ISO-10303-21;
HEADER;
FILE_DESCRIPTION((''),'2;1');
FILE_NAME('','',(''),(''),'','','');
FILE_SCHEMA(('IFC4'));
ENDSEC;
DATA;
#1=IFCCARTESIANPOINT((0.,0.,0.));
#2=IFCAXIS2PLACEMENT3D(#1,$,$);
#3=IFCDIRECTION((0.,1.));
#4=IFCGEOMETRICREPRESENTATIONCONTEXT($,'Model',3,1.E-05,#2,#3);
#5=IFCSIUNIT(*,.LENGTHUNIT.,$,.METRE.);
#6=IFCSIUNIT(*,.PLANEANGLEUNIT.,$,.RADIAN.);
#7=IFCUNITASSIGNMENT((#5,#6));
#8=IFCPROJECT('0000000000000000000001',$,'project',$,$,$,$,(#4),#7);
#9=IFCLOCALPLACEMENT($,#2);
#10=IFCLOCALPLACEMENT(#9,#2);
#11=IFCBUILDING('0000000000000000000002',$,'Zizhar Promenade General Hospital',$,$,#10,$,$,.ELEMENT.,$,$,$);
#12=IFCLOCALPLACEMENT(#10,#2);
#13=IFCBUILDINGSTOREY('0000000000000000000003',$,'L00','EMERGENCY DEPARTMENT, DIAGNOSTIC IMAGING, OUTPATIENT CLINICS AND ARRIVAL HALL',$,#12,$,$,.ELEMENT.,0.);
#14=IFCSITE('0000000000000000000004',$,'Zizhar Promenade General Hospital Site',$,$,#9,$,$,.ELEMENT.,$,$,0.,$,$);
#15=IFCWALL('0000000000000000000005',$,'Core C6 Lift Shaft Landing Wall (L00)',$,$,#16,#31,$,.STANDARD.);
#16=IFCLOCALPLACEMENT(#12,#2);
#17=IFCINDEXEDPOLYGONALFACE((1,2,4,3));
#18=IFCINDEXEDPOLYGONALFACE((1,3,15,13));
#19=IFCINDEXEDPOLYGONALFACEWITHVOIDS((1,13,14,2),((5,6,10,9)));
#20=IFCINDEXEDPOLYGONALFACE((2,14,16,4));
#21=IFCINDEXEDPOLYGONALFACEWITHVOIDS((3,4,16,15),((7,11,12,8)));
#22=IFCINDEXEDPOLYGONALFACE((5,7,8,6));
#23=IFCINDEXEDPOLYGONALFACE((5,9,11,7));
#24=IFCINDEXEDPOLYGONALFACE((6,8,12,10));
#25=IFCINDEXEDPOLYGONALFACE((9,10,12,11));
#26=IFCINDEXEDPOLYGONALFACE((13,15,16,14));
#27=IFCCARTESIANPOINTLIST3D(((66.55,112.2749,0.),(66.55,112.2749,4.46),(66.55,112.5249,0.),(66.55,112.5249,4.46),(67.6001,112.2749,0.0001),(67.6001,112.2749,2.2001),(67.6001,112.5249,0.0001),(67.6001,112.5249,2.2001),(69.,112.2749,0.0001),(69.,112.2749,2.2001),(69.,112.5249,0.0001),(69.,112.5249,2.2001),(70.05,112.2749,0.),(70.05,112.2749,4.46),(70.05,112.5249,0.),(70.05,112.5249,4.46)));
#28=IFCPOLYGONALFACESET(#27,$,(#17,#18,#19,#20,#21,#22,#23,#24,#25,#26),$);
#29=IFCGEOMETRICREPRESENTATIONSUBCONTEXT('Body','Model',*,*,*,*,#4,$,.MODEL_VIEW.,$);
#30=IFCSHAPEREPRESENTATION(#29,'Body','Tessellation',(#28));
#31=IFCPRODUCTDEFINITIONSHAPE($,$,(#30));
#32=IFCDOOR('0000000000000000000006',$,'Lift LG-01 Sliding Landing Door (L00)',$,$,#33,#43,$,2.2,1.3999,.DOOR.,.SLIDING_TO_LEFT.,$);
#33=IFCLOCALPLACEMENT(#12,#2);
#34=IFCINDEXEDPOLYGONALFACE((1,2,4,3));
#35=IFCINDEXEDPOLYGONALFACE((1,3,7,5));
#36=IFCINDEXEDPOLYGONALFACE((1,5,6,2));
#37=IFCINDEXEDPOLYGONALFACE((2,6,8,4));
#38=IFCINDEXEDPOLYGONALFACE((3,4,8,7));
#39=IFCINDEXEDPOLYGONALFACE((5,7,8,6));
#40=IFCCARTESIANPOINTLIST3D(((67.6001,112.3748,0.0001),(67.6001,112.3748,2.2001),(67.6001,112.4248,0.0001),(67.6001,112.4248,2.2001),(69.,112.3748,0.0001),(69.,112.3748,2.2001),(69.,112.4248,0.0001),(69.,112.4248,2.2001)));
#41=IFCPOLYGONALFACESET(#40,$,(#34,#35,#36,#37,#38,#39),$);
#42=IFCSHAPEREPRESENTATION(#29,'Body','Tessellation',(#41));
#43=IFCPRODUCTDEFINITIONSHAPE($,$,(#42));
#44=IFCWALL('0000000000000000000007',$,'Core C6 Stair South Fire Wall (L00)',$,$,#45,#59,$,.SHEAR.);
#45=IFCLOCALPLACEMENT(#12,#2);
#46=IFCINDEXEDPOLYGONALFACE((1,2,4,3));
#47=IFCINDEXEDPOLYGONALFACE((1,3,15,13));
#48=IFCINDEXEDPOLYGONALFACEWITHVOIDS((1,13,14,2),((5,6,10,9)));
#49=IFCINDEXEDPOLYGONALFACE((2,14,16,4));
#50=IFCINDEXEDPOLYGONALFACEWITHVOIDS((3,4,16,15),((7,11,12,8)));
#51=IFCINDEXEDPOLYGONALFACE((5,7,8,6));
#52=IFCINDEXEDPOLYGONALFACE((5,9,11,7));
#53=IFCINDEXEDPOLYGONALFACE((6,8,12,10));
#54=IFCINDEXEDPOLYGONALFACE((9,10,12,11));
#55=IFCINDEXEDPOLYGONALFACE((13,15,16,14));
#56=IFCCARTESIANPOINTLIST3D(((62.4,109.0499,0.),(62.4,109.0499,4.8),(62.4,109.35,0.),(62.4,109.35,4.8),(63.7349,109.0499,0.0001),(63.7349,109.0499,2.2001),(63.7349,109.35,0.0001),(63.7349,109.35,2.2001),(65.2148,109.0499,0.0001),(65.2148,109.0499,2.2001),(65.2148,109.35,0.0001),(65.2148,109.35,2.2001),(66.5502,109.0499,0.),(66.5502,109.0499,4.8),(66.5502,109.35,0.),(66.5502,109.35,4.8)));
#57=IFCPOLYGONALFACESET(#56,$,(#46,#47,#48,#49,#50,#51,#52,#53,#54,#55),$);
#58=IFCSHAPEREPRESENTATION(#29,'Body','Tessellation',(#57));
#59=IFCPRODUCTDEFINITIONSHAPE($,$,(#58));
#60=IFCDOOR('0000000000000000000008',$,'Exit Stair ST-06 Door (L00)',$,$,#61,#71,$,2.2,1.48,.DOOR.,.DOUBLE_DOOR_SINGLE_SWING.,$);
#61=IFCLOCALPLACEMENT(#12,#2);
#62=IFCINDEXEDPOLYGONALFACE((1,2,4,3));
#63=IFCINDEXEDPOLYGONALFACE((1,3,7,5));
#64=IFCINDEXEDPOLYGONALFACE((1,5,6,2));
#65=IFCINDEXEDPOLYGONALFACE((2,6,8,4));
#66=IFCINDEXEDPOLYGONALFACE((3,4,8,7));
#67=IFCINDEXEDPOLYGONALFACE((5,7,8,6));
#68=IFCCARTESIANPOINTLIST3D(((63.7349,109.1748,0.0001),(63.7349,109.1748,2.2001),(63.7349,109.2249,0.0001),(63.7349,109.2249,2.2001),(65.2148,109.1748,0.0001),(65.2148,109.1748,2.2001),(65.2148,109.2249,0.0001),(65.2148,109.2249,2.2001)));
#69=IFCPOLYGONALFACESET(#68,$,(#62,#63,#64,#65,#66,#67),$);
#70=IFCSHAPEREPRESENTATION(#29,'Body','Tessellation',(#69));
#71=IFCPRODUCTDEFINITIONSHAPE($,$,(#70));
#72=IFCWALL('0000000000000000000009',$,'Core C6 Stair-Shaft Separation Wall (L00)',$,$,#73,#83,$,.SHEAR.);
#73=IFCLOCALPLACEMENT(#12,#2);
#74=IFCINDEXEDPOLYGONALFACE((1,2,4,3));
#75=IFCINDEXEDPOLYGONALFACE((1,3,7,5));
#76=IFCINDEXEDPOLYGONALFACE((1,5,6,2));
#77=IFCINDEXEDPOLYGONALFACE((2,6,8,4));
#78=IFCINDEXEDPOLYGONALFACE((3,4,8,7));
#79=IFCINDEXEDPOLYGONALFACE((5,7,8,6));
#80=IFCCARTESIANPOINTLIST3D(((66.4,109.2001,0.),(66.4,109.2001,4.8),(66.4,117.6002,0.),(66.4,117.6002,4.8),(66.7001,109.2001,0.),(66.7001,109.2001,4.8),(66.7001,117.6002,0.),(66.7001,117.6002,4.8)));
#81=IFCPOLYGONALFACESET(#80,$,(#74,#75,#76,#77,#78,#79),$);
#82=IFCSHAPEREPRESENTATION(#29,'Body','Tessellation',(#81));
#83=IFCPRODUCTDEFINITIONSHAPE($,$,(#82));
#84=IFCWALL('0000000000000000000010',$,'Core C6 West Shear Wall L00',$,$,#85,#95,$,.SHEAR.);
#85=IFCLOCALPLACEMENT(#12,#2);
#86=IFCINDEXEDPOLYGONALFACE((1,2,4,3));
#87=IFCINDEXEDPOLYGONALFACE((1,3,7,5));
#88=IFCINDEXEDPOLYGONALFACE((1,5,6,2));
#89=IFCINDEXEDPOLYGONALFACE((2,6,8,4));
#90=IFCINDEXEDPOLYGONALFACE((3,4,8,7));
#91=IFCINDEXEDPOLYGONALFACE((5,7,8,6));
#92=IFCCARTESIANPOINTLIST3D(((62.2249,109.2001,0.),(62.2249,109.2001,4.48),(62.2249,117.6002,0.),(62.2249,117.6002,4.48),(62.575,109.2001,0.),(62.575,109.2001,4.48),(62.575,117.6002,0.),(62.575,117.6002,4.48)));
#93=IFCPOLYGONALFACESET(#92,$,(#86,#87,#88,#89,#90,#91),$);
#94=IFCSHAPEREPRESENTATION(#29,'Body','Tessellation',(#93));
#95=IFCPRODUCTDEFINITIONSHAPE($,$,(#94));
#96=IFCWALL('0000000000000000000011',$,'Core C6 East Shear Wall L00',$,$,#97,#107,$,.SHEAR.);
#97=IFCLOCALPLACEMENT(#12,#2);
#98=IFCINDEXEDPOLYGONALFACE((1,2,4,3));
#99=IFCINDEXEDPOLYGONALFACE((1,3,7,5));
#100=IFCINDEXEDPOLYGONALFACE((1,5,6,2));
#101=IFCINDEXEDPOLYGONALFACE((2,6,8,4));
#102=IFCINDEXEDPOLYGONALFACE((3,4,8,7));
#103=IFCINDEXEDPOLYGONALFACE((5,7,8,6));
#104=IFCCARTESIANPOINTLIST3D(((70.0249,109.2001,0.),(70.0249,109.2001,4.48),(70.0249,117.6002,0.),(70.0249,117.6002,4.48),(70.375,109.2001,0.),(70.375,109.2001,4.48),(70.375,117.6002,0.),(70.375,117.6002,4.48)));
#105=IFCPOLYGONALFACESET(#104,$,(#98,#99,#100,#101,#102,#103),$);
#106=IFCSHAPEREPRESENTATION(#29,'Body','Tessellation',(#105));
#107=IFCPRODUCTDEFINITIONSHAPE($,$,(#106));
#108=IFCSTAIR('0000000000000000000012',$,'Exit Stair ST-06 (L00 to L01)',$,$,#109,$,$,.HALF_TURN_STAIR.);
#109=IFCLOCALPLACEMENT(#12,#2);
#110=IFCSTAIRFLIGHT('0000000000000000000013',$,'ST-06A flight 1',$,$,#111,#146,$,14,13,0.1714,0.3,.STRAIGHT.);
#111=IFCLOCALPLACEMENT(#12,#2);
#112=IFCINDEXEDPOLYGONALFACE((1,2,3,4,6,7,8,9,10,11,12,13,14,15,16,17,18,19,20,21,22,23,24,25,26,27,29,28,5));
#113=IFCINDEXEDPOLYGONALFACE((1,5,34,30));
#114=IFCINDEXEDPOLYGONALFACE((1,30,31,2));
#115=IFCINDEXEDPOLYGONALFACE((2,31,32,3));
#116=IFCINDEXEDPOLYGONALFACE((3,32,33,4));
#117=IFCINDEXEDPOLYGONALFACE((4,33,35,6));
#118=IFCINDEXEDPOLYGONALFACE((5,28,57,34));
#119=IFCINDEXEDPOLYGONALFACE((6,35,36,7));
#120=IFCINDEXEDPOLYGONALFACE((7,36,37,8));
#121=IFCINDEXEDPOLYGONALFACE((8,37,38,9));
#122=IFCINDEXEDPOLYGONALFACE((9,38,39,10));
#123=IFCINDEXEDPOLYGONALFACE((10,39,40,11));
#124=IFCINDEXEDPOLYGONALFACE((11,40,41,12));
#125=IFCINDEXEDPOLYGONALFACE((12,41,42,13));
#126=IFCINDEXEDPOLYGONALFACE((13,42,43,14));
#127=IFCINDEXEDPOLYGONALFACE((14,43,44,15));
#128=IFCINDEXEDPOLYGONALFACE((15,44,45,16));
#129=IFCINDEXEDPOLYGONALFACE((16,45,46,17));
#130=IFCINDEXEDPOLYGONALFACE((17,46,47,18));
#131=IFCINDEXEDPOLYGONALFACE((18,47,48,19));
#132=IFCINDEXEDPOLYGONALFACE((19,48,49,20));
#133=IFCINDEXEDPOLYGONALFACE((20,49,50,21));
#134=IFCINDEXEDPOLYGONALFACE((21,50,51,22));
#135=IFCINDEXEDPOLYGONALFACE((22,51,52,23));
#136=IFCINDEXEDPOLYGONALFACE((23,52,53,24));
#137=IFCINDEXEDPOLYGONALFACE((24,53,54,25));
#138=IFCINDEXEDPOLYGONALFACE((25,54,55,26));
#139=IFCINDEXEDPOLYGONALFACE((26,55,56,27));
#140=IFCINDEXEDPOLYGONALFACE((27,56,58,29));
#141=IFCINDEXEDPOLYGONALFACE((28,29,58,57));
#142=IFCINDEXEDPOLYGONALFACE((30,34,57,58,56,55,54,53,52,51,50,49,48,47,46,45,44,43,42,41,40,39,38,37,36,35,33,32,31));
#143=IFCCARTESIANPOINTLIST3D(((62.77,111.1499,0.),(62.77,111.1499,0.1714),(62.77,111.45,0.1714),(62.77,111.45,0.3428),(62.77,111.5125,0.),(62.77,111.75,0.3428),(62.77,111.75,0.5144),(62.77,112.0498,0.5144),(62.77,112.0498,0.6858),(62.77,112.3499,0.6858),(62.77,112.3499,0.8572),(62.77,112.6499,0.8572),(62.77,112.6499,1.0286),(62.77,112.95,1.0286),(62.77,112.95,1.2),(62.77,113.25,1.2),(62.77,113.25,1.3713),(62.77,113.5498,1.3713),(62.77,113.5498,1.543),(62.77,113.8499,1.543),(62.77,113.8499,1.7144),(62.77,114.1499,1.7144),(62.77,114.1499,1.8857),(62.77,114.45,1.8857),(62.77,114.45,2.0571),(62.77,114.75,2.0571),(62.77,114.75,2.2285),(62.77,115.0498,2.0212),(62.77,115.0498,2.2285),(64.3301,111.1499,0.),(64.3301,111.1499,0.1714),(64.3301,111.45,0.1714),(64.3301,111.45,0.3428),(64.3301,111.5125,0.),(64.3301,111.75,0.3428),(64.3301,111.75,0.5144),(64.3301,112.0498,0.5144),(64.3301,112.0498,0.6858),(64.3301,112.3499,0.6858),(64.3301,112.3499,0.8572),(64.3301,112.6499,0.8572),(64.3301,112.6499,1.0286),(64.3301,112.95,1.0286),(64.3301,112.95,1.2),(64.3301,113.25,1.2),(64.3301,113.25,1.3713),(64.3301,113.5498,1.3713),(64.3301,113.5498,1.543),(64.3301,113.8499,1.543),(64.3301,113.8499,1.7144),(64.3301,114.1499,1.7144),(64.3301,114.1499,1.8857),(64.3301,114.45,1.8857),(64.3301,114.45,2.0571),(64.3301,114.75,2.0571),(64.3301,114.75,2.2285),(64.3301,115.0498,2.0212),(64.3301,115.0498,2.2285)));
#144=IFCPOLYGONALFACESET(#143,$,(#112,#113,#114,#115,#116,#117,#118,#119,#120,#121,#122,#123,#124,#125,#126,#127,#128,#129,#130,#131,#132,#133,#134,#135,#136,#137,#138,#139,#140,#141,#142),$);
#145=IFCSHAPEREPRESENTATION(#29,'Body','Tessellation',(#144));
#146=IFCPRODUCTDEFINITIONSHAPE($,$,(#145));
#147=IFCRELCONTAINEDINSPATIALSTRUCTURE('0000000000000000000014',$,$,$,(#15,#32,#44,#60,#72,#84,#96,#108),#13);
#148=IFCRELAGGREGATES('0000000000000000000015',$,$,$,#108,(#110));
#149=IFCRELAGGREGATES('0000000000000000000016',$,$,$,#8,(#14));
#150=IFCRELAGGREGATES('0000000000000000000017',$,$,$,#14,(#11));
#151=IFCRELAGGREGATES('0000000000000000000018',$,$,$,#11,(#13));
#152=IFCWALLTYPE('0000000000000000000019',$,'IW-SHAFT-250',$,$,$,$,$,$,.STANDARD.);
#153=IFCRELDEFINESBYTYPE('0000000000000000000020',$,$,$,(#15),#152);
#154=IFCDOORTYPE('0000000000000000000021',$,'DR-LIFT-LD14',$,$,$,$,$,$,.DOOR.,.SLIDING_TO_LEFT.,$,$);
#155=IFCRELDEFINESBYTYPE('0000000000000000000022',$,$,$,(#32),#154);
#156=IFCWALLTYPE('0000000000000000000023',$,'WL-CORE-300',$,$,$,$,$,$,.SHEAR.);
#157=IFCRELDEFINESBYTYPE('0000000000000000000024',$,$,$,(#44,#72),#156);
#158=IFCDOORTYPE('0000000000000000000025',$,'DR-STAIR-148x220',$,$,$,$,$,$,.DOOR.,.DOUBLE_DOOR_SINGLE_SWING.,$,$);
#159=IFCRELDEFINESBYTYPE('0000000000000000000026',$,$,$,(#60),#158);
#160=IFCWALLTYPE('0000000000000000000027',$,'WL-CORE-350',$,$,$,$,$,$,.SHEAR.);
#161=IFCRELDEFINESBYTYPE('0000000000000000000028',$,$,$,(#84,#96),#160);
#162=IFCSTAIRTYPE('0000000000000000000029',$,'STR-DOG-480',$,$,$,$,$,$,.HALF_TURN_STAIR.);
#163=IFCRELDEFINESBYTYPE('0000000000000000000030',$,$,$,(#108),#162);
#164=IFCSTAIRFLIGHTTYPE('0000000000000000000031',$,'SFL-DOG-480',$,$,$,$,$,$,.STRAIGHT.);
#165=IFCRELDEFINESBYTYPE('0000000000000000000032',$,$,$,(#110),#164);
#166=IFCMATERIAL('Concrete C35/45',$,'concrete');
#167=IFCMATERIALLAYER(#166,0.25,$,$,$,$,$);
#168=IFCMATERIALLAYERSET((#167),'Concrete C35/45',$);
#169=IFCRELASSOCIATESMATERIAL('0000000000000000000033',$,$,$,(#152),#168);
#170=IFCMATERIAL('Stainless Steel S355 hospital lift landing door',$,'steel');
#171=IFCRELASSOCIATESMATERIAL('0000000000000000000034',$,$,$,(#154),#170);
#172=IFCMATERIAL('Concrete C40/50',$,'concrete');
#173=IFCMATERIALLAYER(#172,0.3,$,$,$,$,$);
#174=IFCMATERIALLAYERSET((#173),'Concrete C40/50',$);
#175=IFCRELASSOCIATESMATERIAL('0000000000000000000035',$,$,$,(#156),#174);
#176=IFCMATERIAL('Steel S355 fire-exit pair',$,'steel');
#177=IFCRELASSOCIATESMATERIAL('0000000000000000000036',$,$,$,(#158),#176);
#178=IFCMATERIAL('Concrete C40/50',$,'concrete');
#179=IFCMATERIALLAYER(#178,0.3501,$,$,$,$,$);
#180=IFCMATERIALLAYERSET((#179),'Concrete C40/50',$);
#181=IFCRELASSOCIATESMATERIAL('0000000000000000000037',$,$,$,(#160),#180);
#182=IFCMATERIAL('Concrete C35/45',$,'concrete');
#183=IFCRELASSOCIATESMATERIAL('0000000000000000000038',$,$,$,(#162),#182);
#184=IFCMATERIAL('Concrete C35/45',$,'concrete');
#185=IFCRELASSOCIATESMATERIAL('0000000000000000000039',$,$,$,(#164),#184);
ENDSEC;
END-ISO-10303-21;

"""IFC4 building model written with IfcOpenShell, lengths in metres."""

from ifc_helpers import new_model, si_unit, direction, frame, frame_2d, origin, place, context, subcontext, project, spatial, polyline, rectangle, outline, extrude, material, layer, layer_set, type_object, element, fill, aggregate, save


model = new_model("IFC4")

# Units and contexts
model_context = context("Model", 3, precision=1e-05, world=origin(), true_north=direction((0.0, 1.0)))
body_context = subcontext(model_context, "Body", "Model", "MODEL_VIEW")
ifc_project = project(units=[si_unit("LENGTHUNIT", "METRE"), si_unit("PLANEANGLEUNIT", "RADIAN")], contexts=[model_context])

# Site, building, storey
site_placement = place(None, origin())
site = spatial("IfcSite", under=ifc_project, at=site_placement, Name="Zizhar Promenade General Hospital Site", CompositionType="ELEMENT", RefElevation=0.0)
building_placement = place(site_placement, origin())
building = spatial("IfcBuilding", under=site, at=building_placement, Name="Zizhar Promenade General Hospital", CompositionType="ELEMENT")
storey_placement = place(building_placement, origin())
storey = spatial("IfcBuildingStorey", under=building, at=storey_placement, Name="L00", Description="EMERGENCY DEPARTMENT, DIAGNOSTIC IMAGING, OUTPATIENT CLINICS AND ARRIVAL HALL", CompositionType="ELEMENT", Elevation=0.0)

# Walls, openings, doors
ifc_material_1 = material(Name="Concrete C35/45", Category="concrete")
ifc_layer_1 = layer(ifc_material_1, 0.25)
ifc_layer_set_1 = layer_set([ifc_layer_1], Name="Concrete C35/45")
wall_type_1 = type_object("IfcWallType", Name="IW-SHAFT-250", PredefinedType="STANDARD", material=ifc_layer_set_1)
wall_1_placement = place(storey_placement, frame((66.55, 112.3999, 0.0), z_axis=(0.0, 0.0, 1.0), x_axis=(1.0, 0.0, 0.0)))
wall_1 = element("IfcWall", 1, at=wall_1_placement, inside=storey, type_object=wall_type_1, Name="Core C6 Lift Shaft Landing Wall (L00)", PredefinedType="STANDARD", context=body_context, shape_type="SweptSolid", body=[
    extrude(rectangle(XDim=3.5, YDim=0.25, at=frame_2d((1.75, 0.0))), origin(), (0.0, 0.0, 1.0), 4.46),
])
opening_1_placement = place(wall_1_placement, frame((1.05, 0.0, 0.0)))
opening_1 = element("IfcOpeningElement", 2, at=opening_1_placement, cuts=wall_1, PredefinedType="OPENING", context=body_context, shape_type="SweptSolid", body=[
    extrude(rectangle(XDim=1.3999, YDim=2.2, at=frame_2d((0.7, 1.1001))), frame((0.0, 0.135, 0.0), z_axis=(0.0, -1.0, 0.0), x_axis=(1.0, 0.0, 0.0)), (0.0, 0.0, 1.0), 0.27),
])
ifc_material_2 = material(Name="Stainless Steel S355 hospital lift landing door", Category="steel")
door_type_1 = type_object("IfcDoorType", Name="DR-LIFT-LD14", OperationType="SLIDING_TO_LEFT", PredefinedType="DOOR", material=ifc_material_2)
door_1_placement = place(opening_1_placement, origin())
door_1 = element("IfcDoor", 3, at=door_1_placement, inside=storey, type_object=door_type_1, Name="Lift LG-01 Sliding Landing Door (L00)", OperationType="SLIDING_TO_LEFT", OverallHeight=2.2, OverallWidth=1.3999, PredefinedType="DOOR", context=body_context, shape_type="SweptSolid", body=[
    extrude(rectangle(XDim=1.3999, YDim=2.2, at=frame_2d((0.7, 1.1001))), frame((0.0, 0.0249, 0.0), z_axis=(0.0, -1.0, 0.0), x_axis=(1.0, 0.0, 0.0)), (0.0, 0.0, 1.0), 0.05),
])
fill(opening_1, door_1)
ifc_material_3 = material(Name="Concrete C40/50", Category="concrete")
ifc_layer_2 = layer(ifc_material_3, 0.3)
ifc_layer_set_2 = layer_set([ifc_layer_2], Name="Concrete C40/50")
wall_type_2 = type_object("IfcWallType", Name="WL-CORE-300", PredefinedType="SHEAR", material=ifc_layer_set_2)
wall_2_placement = place(storey_placement, frame((62.3999, 109.2, 0.0), z_axis=(0.0, 0.0, 1.0), x_axis=(1.0, 0.0, 0.0)))
wall_2 = element("IfcWall", 4, at=wall_2_placement, inside=storey, type_object=wall_type_2, Name="Core C6 Stair South Fire Wall (L00)", PredefinedType="SHEAR", context=body_context, shape_type="SweptSolid", body=[
    extrude(rectangle(XDim=4.1501, YDim=0.3, at=frame_2d((2.0752, 0.0))), origin(), (0.0, 0.0, 1.0), 4.8),
])
opening_2_placement = place(wall_2_placement, frame((1.335, 0.0, 0.0)))
opening_2 = element("IfcOpeningElement", 5, at=opening_2_placement, cuts=wall_2, PredefinedType="OPENING", context=body_context, shape_type="SweptSolid", body=[
    extrude(rectangle(XDim=1.48, YDim=2.2, at=frame_2d((0.74, 1.1001))), frame((0.0, 0.1602, 0.0), z_axis=(0.0, -1.0, 0.0), x_axis=(1.0, 0.0, 0.0)), (0.0, 0.0, 1.0), 0.3201),
])
ifc_material_4 = material(Name="Steel S355 fire-exit pair", Category="steel")
door_type_2 = type_object("IfcDoorType", Name="DR-STAIR-148x220", OperationType="DOUBLE_DOOR_SINGLE_SWING", PredefinedType="DOOR", material=ifc_material_4)
door_2_placement = place(opening_2_placement, origin())
door_2 = element("IfcDoor", 6, at=door_2_placement, inside=storey, type_object=door_type_2, Name="Exit Stair ST-06 Door (L00)", OperationType="DOUBLE_DOOR_SINGLE_SWING", OverallHeight=2.2, OverallWidth=1.48, PredefinedType="DOOR", context=body_context, shape_type="SweptSolid", body=[
    extrude(rectangle(XDim=1.48, YDim=2.2, at=frame_2d((0.74, 1.1001))), frame((0.0, 0.0249, 0.0), z_axis=(0.0, -1.0, 0.0), x_axis=(1.0, 0.0, 0.0)), (0.0, 0.0, 1.0), 0.05),
])
fill(opening_2, door_2)

# Walls
wall_3_placement = place(storey_placement, frame((66.55, 109.2, 0.0), z_axis=(0.0, 0.0, 1.0), x_axis=(0.0, 1.0, 0.0)))
element("IfcWall", 7, at=wall_3_placement, inside=storey, type_object=wall_type_2, Name="Core C6 Stair-Shaft Separation Wall (L00)", PredefinedType="SHEAR", context=body_context, shape_type="SweptSolid", body=[
    extrude(rectangle(XDim=8.4001, YDim=0.3, at=frame_2d((4.2002, 0.0))), origin(), (0.0, 0.0, 1.0), 4.8),
])
ifc_material_5 = material(Name="Concrete C40/50", Category="concrete")
ifc_layer_3 = layer(ifc_material_5, 0.3501)
ifc_layer_set_3 = layer_set([ifc_layer_3], Name="Concrete C40/50")
wall_type_3 = type_object("IfcWallType", Name="WL-CORE-350", PredefinedType="SHEAR", material=ifc_layer_set_3)
for number, where, z_axis, x_axis, name in (
    (8, (62.3999, 109.2, 0.0), (0.0, 0.0, 1.0), (0.0, 1.0, 0.0), "Core C6 West Shear Wall L00"),
    (9, (70.2, 109.2, 0.0), (0.0, 0.0, 1.0), (0.0, 1.0, 0.0), "Core C6 East Shear Wall L00"),
):
    element("IfcWall", number, at=place(storey_placement, frame(where, z_axis=z_axis, x_axis=x_axis)), inside=storey, type_object=wall_type_3, Name=name, PredefinedType="SHEAR", context=body_context, shape_type="SweptSolid", body=[
        extrude(rectangle(XDim=8.4001, YDim=0.3501, at=frame_2d((4.2002, 0.0))), origin(), (0.0, 0.0, 1.0), 4.48),
    ])

# Stair, stair flight
ifc_material_6 = material(Name="Concrete C35/45", Category="concrete")
stair_type = type_object("IfcStairType", Name="STR-DOG-480", PredefinedType="HALF_TURN_STAIR", material=ifc_material_6)
stair_placement = place(storey_placement, origin())
stair = element("IfcStair", 10, at=stair_placement, inside=storey, type_object=stair_type, Name="Exit Stair ST-06 (L00 to L01)", PredefinedType="HALF_TURN_STAIR")
ifc_material_7 = material(Name="Concrete C35/45", Category="concrete")
stair_flight_type = type_object("IfcStairFlightType", Name="SFL-DOG-480", PredefinedType="STRAIGHT", material=ifc_material_7)
stair_flight_1_placement = place(storey_placement, frame((63.55, 111.1499, 0.0), z_axis=(0.0, 0.0, 1.0), x_axis=(0.0, 1.0, 0.0)))
stair_flight_1 = element("IfcStairFlight", 11, at=stair_flight_1_placement, type_object=stair_flight_type, Name="ST-06A flight 1", NumberOfRisers=14, NumberOfTreads=13, PredefinedType="STRAIGHT", RiserHeight=0.1714, TreadLength=0.3, context=body_context, shape_type="SweptSolid", body=[
    extrude(outline(polyline([(0.0, 0.0), (0.0, 0.1714), (0.3, 0.1714), (0.3, 0.3428), (0.6001, 0.3428), (0.6001, 0.5144), (0.8999, 0.5144), (0.8999, 0.6858), (1.2, 0.6858), (1.2, 0.8572), (1.5, 0.8572), (1.5, 1.0286), (1.8, 1.0286), (1.8, 1.2), (2.1001, 1.2), (2.1001, 1.3713), (2.3999, 1.3713), (2.3999, 1.543), (2.7, 1.543), (2.7, 1.7144), (3.0, 1.7144), (3.0, 1.8857), (3.3, 1.8857), (3.3, 2.0571), (3.6001, 2.0571), (3.6001, 2.2285), (3.8999, 2.2285), (3.8999, 2.3999), (3.8999, 2.0212), (0.3625, 0.0), (0.0, 0.0)])), frame((0.0, 0.78, 0.0), z_axis=(0.0, -1.0, 0.0), x_axis=(1.0, 0.0, 0.0)), (0.0, 0.0, 1.0), 1.5601),
])
aggregate(stair, [stair_flight_1])

save(model, "model.ifc")
